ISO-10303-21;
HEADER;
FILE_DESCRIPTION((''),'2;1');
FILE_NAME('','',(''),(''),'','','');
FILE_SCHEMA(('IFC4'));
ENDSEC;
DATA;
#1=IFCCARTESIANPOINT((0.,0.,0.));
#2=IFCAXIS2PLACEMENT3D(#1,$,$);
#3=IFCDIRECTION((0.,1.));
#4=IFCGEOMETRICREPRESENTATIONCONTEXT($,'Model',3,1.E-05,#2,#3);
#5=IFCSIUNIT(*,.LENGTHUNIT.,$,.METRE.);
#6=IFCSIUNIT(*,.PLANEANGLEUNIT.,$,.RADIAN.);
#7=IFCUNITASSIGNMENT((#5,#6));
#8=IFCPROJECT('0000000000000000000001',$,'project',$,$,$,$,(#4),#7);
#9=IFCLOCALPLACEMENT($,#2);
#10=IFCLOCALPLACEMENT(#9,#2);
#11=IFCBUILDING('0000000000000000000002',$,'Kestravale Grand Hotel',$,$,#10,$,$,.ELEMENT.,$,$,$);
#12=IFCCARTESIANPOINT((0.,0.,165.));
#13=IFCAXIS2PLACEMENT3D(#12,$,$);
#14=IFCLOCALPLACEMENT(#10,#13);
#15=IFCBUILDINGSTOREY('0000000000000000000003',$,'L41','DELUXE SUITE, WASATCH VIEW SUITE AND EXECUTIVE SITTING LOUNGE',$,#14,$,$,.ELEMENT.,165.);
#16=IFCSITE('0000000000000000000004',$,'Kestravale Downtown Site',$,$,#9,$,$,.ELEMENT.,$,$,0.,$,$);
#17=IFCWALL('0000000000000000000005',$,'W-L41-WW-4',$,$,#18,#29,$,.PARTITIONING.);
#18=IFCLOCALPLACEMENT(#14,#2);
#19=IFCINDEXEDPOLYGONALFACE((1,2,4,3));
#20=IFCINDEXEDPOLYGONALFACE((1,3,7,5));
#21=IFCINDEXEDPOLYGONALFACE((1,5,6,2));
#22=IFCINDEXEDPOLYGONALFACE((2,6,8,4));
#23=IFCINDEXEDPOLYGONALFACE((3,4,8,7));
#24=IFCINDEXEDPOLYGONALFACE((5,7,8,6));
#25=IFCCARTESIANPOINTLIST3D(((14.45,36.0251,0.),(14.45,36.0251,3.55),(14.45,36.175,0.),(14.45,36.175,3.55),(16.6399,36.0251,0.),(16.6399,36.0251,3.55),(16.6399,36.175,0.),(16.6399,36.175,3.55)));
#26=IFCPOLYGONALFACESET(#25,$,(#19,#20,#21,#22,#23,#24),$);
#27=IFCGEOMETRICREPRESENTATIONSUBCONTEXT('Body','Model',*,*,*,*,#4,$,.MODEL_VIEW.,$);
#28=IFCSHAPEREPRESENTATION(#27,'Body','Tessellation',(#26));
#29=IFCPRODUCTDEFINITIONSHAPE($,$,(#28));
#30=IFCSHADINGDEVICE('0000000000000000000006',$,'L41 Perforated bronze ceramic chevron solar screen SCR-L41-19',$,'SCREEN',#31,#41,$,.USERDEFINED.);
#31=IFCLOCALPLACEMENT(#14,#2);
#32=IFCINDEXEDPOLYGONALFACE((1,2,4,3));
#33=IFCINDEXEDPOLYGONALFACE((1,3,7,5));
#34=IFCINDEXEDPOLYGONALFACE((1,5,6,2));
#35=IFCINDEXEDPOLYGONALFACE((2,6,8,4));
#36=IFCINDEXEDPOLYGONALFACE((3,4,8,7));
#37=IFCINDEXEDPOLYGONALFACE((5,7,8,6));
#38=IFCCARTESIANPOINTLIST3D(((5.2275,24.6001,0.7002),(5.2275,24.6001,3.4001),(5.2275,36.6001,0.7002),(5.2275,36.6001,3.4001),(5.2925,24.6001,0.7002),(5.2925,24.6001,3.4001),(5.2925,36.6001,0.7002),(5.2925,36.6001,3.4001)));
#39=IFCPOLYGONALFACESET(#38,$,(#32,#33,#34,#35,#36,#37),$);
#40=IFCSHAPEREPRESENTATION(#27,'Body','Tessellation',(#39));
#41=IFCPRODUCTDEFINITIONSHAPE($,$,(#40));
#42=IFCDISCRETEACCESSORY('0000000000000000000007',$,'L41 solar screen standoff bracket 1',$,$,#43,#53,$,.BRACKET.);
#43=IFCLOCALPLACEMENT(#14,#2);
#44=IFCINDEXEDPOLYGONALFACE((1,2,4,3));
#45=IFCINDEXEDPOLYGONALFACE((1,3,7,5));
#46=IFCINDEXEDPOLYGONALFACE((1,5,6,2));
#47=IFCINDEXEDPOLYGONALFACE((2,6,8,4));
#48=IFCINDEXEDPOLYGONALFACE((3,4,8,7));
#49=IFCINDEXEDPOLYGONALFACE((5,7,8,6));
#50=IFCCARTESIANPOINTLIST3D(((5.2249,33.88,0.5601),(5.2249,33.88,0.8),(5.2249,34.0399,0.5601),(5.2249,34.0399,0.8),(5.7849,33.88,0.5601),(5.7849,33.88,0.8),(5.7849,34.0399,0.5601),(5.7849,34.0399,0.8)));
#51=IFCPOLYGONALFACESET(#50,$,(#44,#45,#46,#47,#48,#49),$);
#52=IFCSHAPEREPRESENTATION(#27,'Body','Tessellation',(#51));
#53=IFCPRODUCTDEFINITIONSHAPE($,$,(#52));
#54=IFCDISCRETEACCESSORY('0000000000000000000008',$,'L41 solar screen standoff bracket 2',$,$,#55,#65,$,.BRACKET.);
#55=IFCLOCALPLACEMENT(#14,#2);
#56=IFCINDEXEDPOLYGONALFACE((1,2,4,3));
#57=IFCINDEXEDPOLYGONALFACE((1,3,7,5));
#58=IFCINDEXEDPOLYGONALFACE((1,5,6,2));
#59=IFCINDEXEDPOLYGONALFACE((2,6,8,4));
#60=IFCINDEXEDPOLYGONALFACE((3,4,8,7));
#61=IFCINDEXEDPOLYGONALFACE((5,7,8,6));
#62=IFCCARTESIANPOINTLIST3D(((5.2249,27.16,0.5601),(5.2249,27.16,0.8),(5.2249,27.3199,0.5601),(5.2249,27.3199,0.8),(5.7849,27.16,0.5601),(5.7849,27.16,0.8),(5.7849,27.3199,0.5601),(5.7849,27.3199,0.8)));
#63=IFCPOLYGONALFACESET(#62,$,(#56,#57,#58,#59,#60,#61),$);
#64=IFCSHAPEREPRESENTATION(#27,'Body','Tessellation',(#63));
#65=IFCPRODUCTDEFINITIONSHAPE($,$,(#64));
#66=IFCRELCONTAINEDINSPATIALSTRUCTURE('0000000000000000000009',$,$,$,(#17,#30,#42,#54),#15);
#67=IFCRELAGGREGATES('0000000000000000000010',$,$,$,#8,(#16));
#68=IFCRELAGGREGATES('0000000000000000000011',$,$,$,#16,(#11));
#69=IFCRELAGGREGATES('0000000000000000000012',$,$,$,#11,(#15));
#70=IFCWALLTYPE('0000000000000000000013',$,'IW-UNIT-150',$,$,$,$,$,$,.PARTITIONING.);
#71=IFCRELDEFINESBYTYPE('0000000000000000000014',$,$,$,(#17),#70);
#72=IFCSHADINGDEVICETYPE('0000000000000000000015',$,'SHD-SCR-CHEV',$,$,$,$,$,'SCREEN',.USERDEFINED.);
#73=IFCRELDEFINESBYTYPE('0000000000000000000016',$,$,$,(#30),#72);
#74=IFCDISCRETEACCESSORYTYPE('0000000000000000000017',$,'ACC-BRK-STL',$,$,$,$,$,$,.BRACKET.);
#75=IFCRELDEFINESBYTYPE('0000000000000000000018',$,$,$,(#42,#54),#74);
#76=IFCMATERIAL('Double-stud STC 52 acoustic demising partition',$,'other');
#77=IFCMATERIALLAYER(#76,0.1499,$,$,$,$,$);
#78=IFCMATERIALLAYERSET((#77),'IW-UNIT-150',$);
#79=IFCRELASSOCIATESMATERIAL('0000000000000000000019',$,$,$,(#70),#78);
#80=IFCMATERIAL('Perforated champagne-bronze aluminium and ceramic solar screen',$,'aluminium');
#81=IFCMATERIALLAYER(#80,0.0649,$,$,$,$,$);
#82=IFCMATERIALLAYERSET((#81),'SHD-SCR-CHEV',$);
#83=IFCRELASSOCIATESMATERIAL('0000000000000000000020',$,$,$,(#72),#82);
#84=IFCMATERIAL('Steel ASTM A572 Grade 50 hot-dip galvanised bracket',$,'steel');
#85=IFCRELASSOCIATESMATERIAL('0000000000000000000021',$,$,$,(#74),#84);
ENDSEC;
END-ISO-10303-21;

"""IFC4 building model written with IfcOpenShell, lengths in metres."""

from ifc_helpers import new_model, si_unit, direction, frame, frame_2d, origin, origin_2d, place, context, subcontext, project, spatial, rectangle, extrude, material, layer, layer_set, type_object, element, save


model = new_model("IFC4")

# Units and contexts
model_context = context("Model", 3, precision=1e-05, world=origin(), true_north=direction((0.0, 1.0)))
body_context = subcontext(model_context, "Body", "Model", "MODEL_VIEW")
ifc_project = project(units=[si_unit("LENGTHUNIT", "METRE"), si_unit("PLANEANGLEUNIT", "RADIAN")], contexts=[model_context])

# Site, building, storey
site_placement = place(None, origin())
site = spatial("IfcSite", under=ifc_project, at=site_placement, Name="Kestravale Downtown Site", CompositionType="ELEMENT", RefElevation=0.0)
building_placement = place(site_placement, origin())
building = spatial("IfcBuilding", under=site, at=building_placement, Name="Kestravale Grand Hotel", CompositionType="ELEMENT")
storey_placement = place(building_placement, frame((0.0, 0.0, 165.0)))
storey = spatial("IfcBuildingStorey", under=building, at=storey_placement, Name="L41", Description="DELUXE SUITE, WASATCH VIEW SUITE AND EXECUTIVE SITTING LOUNGE", CompositionType="ELEMENT", Elevation=165.0)

# Wall
ifc_material_1 = material(Name="Double-stud STC 52 acoustic demising partition", Category="other")
ifc_layer_1 = layer(ifc_material_1, 0.1499)
ifc_layer_set_1 = layer_set([ifc_layer_1], Name="IW-UNIT-150")
wall_type_1 = type_object("IfcWallType", Name="IW-UNIT-150", PredefinedType="PARTITIONING", material=ifc_layer_set_1)
wall_1_placement = place(storey_placement, frame((14.45, 36.1001, 0.0), z_axis=(0.0, 0.0, 1.0), x_axis=(1.0, 0.0, 0.0)))
element("IfcWall", 1, at=wall_1_placement, inside=storey, type_object=wall_type_1, Name="W-L41-WW-4", PredefinedType="PARTITIONING", context=body_context, shape_type="SweptSolid", body=[
    extrude(rectangle(XDim=2.1899, YDim=0.1499, at=frame_2d((1.095, 0.0))), origin(), (0.0, 0.0, 1.0), 3.55),
])

# Shading device
ifc_material_2 = material(Name="Perforated champagne-bronze aluminium and ceramic solar screen", Category="aluminium")
ifc_layer_2 = layer(ifc_material_2, 0.0649)
ifc_layer_set_2 = layer_set([ifc_layer_2], Name="SHD-SCR-CHEV")
shading_device_type = type_object("IfcShadingDeviceType", Name="SHD-SCR-CHEV", ElementType="SCREEN", PredefinedType="USERDEFINED", material=ifc_layer_set_2)
shading_device_placement = place(storey_placement, frame((5.26, 30.6001, 0.7002), z_axis=(0.0, 0.0, 1.0), x_axis=(0.0, -1.0, 0.0)))
element("IfcShadingDevice", 2, at=shading_device_placement, inside=storey, type_object=shading_device_type, Name="L41 Perforated bronze ceramic chevron solar screen SCR-L41-19", ObjectType="SCREEN", PredefinedType="USERDEFINED", context=body_context, shape_type="SweptSolid", body=[
    extrude(rectangle(XDim=12.0, YDim=0.0649, at=origin_2d()), origin(), (0.0, 0.0, 1.0), 2.7),
])

# Discrete accessories
ifc_material_3 = material(Name="Steel ASTM A572 Grade 50 hot-dip galvanised bracket", Category="steel")
discrete_accessory_type = type_object("IfcDiscreteAccessoryType", Name="ACC-BRK-STL", PredefinedType="BRACKET", material=ifc_material_3)
for number, where, z_axis, x_axis, name in (
    (3, (5.5049, 33.96, 0.5601), (0.0, 0.0, 1.0), (0.0, -1.0, 0.0), "L41 solar screen standoff bracket 1"),
    (4, (5.5049, 27.24, 0.5601), (0.0, 0.0, 1.0), (0.0, -1.0, 0.0), "L41 solar screen standoff bracket 2"),
):
    element("IfcDiscreteAccessory", number, at=place(storey_placement, frame(where, z_axis=z_axis, x_axis=x_axis)), inside=storey, type_object=discrete_accessory_type, Name=name, PredefinedType="BRACKET", context=body_context, shape_type="SweptSolid", body=[
        extrude(rectangle(XDim=0.1599, YDim=0.5601, at=origin_2d()), origin(), (0.0, 0.0, 1.0), 0.24),
    ])

save(model, "model.ifc")
